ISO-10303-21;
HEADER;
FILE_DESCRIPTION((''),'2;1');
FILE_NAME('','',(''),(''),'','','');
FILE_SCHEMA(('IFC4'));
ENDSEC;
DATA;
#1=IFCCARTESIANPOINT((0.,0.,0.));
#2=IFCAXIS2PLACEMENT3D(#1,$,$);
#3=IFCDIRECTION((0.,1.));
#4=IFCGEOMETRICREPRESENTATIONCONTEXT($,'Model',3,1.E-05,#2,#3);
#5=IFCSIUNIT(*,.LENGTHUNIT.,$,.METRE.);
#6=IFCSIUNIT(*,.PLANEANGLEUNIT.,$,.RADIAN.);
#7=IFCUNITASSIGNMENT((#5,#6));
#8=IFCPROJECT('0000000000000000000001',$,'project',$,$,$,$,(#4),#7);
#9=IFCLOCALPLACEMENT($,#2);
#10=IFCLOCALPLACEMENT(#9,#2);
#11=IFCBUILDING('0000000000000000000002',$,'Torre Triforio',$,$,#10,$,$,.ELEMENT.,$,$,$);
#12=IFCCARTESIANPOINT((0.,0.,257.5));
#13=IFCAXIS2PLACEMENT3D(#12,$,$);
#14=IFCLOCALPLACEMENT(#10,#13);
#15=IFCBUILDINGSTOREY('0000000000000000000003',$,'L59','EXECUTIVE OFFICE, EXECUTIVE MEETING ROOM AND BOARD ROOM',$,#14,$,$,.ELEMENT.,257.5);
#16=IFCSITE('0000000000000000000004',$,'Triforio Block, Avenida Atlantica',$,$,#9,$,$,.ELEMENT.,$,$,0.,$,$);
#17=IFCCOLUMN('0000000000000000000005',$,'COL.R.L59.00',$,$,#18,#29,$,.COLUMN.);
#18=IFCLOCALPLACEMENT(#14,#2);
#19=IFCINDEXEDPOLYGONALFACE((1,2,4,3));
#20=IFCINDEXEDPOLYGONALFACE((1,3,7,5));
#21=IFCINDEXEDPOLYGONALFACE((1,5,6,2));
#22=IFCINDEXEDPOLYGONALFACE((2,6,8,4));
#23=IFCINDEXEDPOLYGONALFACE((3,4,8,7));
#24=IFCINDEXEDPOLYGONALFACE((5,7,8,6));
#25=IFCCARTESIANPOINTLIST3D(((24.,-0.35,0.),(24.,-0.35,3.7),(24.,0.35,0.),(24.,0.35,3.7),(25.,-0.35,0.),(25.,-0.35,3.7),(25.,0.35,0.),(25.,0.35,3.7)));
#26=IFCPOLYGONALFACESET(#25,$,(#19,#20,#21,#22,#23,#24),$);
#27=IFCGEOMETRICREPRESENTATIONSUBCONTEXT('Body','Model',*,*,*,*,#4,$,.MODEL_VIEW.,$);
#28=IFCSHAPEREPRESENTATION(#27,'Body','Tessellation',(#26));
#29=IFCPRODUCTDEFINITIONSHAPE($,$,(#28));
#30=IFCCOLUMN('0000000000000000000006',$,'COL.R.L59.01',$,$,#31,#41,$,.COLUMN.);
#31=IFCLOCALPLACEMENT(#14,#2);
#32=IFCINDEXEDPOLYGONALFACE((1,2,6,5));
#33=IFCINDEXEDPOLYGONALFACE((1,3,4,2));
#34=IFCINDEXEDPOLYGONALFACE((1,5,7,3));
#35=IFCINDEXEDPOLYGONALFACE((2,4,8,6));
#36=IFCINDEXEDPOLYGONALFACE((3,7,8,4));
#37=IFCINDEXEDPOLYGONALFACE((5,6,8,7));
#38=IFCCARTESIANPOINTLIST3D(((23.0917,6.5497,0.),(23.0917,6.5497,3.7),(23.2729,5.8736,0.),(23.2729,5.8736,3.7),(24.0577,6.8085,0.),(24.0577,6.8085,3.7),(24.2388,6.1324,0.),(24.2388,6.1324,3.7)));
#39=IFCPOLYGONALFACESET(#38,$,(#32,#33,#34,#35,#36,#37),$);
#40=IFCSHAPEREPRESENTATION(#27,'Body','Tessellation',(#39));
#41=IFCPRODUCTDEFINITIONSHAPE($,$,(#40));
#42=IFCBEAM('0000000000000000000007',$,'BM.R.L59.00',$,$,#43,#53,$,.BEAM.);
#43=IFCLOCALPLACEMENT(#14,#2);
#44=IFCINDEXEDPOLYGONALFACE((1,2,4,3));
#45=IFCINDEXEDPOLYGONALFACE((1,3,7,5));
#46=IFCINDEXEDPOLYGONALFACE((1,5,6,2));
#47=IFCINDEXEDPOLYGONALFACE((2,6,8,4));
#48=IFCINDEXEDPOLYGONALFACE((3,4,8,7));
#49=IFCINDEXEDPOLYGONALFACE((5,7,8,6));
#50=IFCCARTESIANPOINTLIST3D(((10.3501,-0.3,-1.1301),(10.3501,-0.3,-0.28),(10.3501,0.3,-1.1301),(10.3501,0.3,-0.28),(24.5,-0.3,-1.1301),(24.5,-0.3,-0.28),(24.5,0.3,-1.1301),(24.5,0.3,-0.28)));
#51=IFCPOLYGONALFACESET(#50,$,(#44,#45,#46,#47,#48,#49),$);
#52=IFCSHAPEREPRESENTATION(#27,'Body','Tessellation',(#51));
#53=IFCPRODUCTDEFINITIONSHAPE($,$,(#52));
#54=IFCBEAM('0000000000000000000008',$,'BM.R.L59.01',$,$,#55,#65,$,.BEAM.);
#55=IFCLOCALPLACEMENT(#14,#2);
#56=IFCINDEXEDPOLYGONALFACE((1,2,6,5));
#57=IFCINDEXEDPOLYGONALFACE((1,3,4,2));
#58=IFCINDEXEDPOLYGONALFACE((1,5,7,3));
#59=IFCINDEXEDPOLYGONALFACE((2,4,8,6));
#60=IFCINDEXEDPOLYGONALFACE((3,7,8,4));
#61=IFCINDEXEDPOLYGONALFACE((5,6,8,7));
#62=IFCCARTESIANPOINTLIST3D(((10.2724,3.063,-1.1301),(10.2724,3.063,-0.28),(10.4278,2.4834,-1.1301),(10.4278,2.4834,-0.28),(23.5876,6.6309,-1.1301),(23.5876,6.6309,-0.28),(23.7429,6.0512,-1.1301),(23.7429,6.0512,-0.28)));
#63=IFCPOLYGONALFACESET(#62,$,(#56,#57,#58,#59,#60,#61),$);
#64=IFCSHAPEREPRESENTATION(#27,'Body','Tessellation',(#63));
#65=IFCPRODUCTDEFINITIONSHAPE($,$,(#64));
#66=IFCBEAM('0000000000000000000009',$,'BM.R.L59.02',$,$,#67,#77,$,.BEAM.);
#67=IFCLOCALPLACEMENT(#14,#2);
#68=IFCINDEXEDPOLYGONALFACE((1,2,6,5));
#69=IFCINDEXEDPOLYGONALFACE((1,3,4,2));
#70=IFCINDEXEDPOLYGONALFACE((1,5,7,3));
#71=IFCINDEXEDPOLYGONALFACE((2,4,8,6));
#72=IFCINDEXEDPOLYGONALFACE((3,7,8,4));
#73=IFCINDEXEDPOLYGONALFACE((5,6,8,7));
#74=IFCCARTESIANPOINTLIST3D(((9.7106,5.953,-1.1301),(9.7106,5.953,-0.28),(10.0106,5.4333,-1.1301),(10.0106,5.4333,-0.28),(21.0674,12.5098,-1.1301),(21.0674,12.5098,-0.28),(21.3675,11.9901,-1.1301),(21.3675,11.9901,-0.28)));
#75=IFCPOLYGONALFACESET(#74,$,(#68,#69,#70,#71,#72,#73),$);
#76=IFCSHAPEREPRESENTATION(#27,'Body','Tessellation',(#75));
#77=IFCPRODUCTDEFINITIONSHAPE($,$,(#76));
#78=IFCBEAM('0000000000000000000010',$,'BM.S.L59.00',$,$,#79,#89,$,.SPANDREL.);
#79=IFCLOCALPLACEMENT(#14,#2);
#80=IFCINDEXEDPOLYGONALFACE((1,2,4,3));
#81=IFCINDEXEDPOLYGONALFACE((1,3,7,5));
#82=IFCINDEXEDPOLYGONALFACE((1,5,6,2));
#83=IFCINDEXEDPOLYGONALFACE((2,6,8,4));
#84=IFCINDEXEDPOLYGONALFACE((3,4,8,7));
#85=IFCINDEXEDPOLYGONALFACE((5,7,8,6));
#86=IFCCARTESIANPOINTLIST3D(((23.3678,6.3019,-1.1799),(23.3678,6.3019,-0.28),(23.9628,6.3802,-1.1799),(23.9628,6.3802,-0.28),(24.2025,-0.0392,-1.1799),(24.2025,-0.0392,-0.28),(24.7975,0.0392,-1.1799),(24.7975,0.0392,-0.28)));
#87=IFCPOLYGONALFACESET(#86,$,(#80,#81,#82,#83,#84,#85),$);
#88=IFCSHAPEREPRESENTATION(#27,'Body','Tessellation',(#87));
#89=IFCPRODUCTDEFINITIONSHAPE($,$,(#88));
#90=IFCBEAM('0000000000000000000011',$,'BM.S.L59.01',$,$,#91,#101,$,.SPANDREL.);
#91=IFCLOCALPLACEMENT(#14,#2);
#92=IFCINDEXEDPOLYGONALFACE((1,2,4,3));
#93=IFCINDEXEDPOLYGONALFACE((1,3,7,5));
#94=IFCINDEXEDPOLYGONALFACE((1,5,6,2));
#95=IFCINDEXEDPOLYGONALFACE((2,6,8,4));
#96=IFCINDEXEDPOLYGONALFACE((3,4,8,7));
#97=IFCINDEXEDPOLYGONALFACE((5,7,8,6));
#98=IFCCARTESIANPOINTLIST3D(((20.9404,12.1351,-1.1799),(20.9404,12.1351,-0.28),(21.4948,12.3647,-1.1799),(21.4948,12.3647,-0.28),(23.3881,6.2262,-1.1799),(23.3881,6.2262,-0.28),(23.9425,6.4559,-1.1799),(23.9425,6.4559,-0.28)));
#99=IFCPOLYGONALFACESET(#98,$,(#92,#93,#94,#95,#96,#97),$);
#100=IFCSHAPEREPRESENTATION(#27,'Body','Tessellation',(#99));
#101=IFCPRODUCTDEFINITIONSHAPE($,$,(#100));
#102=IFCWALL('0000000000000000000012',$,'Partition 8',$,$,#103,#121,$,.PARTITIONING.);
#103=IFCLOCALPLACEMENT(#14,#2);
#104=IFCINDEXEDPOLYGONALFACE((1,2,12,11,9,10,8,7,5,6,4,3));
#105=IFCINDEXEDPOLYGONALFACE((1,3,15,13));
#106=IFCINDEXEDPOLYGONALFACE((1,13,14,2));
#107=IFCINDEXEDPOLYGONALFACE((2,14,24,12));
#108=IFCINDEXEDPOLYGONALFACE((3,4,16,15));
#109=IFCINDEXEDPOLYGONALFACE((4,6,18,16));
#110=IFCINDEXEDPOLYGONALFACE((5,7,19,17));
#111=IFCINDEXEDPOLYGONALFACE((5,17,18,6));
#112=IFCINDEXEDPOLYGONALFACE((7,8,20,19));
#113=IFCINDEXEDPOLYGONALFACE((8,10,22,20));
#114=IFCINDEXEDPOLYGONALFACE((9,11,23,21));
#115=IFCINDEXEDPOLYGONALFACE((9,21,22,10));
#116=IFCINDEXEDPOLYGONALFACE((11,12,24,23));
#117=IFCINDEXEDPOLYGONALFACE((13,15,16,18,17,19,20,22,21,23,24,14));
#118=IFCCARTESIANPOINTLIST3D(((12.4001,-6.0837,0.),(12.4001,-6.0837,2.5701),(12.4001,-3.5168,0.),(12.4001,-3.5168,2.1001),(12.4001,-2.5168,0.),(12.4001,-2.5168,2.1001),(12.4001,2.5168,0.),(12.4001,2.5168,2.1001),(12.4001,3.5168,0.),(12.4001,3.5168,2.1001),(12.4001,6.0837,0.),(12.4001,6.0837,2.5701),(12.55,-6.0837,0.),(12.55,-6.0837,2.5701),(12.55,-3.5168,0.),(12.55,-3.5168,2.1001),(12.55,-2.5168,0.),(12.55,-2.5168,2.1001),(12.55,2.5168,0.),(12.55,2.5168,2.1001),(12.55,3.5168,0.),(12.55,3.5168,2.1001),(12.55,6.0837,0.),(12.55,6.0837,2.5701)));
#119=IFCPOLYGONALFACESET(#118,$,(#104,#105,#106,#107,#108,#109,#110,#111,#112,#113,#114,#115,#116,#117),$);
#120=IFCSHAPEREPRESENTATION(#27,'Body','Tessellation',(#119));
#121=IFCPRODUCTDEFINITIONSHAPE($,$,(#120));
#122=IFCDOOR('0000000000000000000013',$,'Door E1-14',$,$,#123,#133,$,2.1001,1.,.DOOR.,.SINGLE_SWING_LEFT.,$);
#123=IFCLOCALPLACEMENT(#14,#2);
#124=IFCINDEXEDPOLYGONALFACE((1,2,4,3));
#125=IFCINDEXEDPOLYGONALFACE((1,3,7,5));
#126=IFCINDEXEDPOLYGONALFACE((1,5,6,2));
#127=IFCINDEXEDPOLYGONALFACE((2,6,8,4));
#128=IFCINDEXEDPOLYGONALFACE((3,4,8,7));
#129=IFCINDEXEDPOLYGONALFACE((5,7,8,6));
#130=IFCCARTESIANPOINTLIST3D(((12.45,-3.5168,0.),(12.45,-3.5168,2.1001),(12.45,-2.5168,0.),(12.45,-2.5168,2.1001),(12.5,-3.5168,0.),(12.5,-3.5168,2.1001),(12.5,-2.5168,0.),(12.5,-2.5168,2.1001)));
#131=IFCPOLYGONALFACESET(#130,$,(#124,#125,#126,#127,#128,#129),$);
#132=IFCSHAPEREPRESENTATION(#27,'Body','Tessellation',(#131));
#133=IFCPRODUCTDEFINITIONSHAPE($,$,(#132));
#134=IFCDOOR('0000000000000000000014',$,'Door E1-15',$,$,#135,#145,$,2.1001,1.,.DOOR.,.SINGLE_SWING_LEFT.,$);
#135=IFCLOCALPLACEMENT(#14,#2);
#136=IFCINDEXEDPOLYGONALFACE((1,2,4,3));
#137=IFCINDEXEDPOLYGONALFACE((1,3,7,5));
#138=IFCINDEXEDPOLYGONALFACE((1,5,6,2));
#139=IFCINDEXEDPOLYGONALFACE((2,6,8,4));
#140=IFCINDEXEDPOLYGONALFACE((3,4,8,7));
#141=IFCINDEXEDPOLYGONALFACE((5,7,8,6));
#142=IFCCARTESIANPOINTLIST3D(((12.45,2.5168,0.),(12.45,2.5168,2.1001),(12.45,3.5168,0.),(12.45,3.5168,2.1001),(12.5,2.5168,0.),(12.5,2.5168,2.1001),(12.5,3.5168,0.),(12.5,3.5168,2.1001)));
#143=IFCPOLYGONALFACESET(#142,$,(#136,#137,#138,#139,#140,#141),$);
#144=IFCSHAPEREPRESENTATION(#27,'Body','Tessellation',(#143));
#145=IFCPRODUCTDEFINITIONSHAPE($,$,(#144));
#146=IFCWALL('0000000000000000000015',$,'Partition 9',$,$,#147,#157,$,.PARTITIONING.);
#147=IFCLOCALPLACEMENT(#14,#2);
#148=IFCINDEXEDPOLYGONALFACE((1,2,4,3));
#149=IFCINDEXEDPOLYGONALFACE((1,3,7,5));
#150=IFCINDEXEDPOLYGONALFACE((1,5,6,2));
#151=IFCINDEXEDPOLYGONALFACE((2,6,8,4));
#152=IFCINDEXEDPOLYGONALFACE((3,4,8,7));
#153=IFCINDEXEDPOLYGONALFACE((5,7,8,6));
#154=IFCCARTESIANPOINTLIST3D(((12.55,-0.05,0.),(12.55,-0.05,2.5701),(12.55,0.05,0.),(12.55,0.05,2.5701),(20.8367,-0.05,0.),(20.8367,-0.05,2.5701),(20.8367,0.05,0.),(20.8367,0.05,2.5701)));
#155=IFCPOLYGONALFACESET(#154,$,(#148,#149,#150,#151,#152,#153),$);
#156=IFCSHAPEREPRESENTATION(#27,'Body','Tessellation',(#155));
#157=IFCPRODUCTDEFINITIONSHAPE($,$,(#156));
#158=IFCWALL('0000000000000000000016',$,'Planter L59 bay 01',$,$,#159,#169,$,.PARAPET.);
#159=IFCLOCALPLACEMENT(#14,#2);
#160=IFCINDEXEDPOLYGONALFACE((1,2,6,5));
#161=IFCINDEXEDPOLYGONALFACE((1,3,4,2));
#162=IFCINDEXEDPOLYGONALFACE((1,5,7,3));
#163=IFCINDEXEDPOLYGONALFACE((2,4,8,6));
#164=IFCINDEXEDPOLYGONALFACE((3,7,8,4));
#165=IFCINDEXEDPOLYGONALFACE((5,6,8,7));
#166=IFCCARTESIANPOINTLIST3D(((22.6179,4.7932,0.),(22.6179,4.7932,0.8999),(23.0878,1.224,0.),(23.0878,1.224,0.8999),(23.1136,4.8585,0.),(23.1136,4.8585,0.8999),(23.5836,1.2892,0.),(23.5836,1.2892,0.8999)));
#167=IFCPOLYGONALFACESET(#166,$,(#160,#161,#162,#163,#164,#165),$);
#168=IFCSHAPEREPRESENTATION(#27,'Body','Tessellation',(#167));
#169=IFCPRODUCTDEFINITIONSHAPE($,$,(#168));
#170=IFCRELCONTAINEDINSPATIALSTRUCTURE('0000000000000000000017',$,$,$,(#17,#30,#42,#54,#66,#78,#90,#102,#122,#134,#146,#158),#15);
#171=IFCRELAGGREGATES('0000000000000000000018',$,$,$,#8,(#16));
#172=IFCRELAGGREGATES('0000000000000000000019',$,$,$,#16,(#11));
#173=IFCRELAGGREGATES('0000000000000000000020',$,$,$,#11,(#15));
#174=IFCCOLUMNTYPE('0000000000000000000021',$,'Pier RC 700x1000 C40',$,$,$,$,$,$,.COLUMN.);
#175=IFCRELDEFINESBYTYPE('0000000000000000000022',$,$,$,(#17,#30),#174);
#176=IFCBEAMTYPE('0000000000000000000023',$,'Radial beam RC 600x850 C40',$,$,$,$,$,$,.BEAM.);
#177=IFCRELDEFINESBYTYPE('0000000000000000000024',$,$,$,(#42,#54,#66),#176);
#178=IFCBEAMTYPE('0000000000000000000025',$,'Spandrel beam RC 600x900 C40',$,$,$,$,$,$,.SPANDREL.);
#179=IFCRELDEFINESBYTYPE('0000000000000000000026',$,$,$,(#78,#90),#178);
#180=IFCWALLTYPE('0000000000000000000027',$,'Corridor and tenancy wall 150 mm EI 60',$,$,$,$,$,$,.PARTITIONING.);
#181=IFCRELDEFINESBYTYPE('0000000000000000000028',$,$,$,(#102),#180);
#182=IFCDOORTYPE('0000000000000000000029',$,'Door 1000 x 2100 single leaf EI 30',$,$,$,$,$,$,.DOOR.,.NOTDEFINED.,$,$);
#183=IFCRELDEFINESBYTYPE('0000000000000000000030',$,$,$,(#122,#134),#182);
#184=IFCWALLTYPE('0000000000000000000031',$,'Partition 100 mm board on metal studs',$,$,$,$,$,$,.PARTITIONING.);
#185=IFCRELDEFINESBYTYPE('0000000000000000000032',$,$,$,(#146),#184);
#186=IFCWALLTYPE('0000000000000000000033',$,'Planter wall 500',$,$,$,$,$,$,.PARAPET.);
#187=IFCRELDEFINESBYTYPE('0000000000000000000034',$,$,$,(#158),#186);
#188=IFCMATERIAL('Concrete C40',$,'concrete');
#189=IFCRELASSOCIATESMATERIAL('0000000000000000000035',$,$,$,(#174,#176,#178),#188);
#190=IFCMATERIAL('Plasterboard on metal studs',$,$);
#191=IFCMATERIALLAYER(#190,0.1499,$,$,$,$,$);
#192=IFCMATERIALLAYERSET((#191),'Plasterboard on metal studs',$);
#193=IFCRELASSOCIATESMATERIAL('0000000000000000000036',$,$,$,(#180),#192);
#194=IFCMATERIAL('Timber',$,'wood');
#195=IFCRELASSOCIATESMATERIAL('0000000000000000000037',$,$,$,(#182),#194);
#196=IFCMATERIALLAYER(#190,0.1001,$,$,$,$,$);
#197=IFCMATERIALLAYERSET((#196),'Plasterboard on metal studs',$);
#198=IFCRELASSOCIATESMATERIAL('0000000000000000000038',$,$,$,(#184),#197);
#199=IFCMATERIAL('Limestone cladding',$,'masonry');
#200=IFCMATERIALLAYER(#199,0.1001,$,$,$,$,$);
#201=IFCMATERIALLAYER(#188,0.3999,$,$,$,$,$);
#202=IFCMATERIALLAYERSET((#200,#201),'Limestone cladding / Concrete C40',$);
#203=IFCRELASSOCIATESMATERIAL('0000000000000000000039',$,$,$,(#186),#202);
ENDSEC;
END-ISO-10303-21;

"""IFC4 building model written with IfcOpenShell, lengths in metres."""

from ifc_helpers import new_model, si_unit, direction, frame, frame_2d, origin, origin_2d, place, context, subcontext, project, spatial, rectangle, extrude, material, layer, layer_set, material_profile, profile_set, type_object, element, fill, save


model = new_model("IFC4")

# Units and contexts
model_context = context("Model", 3, precision=1e-05, world=origin(), true_north=direction((0.0, 1.0)))
body_context = subcontext(model_context, "Body", "Model", "MODEL_VIEW")
ifc_project = project(units=[si_unit("LENGTHUNIT", "METRE"), si_unit("PLANEANGLEUNIT", "RADIAN")], contexts=[model_context])

# Site, building, storey
site_placement = place(None, origin())
site = spatial("IfcSite", under=ifc_project, at=site_placement, Name="Triforio Block, Avenida Atlantica", CompositionType="ELEMENT", RefElevation=0.0)
building_placement = place(site_placement, origin())
building = spatial("IfcBuilding", under=site, at=building_placement, Name="Torre Triforio", CompositionType="ELEMENT")
storey_placement = place(building_placement, frame((0.0, 0.0, 257.5)))
storey = spatial("IfcBuildingStorey", under=building, at=storey_placement, Name="L59", Description="EXECUTIVE OFFICE, EXECUTIVE MEETING ROOM AND BOARD ROOM", CompositionType="ELEMENT", Elevation=257.5)

# Columns
ifc_material_1 = material(Name="Concrete C40", Category="concrete")
ifc_material_profile_1 = material_profile(ifc_material_1, rectangle(XDim=0.7, YDim=1.0, at=origin_2d()), Name="RC 700x1000")
ifc_profile_set_1 = profile_set([ifc_material_profile_1], Name="Concrete C40")
column_type = type_object("IfcColumnType", Name="Pier RC 700x1000 C40", PredefinedType="COLUMN", material=ifc_profile_set_1)
for number, where, z_axis, x_axis, name in (
    (1, (24.5, 0.0, 0.0), (0.0, 0.0, 1.0), (0.0, 1.0, 0.0), "COL.R.L59.00"),
    (2, (23.6653, 6.3411, 0.0), (0.0, 0.0, 1.0), (-0.258819, 0.965926, 0.0), "COL.R.L59.01"),
):
    element("IfcColumn", number, at=place(storey_placement, frame(where, z_axis=z_axis, x_axis=x_axis)), inside=storey, type_object=column_type, Name=name, PredefinedType="COLUMN", context=body_context, shape_type="SweptSolid", body=[
        extrude(rectangle(XDim=0.7, YDim=1.0, at=origin_2d()), origin(), (0.0, 0.0, 1.0), 3.7),
    ])

# Beams
ifc_material_profile_2 = material_profile(ifc_material_1, rectangle(XDim=0.6001, YDim=0.8501, at=origin_2d()), Name="RC 600x850")
ifc_profile_set_2 = profile_set([ifc_material_profile_2], Name="Concrete C40")
beam_type_1 = type_object("IfcBeamType", Name="Radial beam RC 600x850 C40", PredefinedType="BEAM", material=ifc_profile_set_2)
beam_1_placement = place(storey_placement, frame((10.3501, 0.0, -0.7051), z_axis=(1.0, 0.0, 0.0), x_axis=(0.0, 1.0, 0.0)))
element("IfcBeam", 3, at=beam_1_placement, inside=storey, type_object=beam_type_1, Name="BM.R.L59.00", PredefinedType="BEAM", context=body_context, shape_type="SweptSolid", body=[
    extrude(rectangle(XDim=0.6001, YDim=0.8501, at=origin_2d()), origin(), (0.0, 0.0, 1.0), 14.1499),
])
beam_2_placement = place(storey_placement, frame((10.3501, 2.7732, -0.7051), z_axis=(0.965924, 0.258824, 0.0), x_axis=(-0.258824, 0.965924, 0.0)))
element("IfcBeam", 4, at=beam_2_placement, inside=storey, type_object=beam_type_1, Name="BM.R.L59.01", PredefinedType="BEAM", context=body_context, shape_type="SweptSolid", body=[
    extrude(rectangle(XDim=0.6001, YDim=0.8501, at=origin_2d()), origin(), (0.0, 0.0, 1.0), 13.7849),
])
beam_3_placement = place(storey_placement, frame((9.8606, 5.6931, -0.7051), z_axis=(0.866027, 0.499997, 0.0), x_axis=(-0.499997, 0.866027, 0.0)))
element("IfcBeam", 5, at=beam_3_placement, inside=storey, type_object=beam_type_1, Name="BM.R.L59.02", PredefinedType="BEAM", context=body_context, shape_type="SweptSolid", body=[
    extrude(rectangle(XDim=0.6001, YDim=0.8501, at=origin_2d()), origin(), (0.0, 0.0, 1.0), 13.1138),
])
ifc_material_profile_3 = material_profile(ifc_material_1, rectangle(XDim=0.6001, YDim=0.8999, at=origin_2d()), Name="RC 600x900")
ifc_profile_set_3 = profile_set([ifc_material_profile_3], Name="Concrete C40")
beam_type_2 = type_object("IfcBeamType", Name="Spandrel beam RC 600x900 C40", PredefinedType="SPANDREL", material=ifc_profile_set_3)
for number, where, z_axis, x_axis, name in (
    (6, (24.5, 0.0, -0.73), (-0.130511, 0.991447, 0.0), (-0.991447, -0.130511, 0.0), "BM.S.L59.00"),
    (7, (23.6653, 6.3411, -0.73), (-0.382709, 0.923869, 0.0), (-0.923869, -0.382709, 0.0), "BM.S.L59.01"),
):
    element("IfcBeam", number, at=place(storey_placement, frame(where, z_axis=z_axis, x_axis=x_axis)), inside=storey, type_object=beam_type_2, Name=name, PredefinedType="SPANDREL", context=body_context, shape_type="SweptSolid", body=[
        extrude(rectangle(XDim=0.6001, YDim=0.8999, at=origin_2d()), origin(), (0.0, 0.0, 1.0), 6.3958),
    ])

# Wall, openings, doors
ifc_material_2 = material(Name="Plasterboard on metal studs")
ifc_layer_1 = layer(ifc_material_2, 0.1499)
ifc_layer_set_1 = layer_set([ifc_layer_1], Name="Plasterboard on metal studs")
wall_type_1 = type_object("IfcWallType", Name="Corridor and tenancy wall 150 mm EI 60", PredefinedType="PARTITIONING", material=ifc_layer_set_1)
wall_1_placement = place(storey_placement, frame((12.4751, 6.0837, 0.0), z_axis=(0.0, 0.0, 1.0), x_axis=(0.0, -1.0, 0.0)))
wall_1 = element("IfcWall", 8, at=wall_1_placement, inside=storey, type_object=wall_type_1, Name="Partition 8", PredefinedType="PARTITIONING", context=body_context, shape_type="SweptSolid", body=[
    extrude(rectangle(XDim=12.1675, YDim=0.1499, at=frame_2d((6.0837, 0.0))), origin(), (0.0, 0.0, 1.0), 2.5701),
])
opening_1_placement = place(wall_1_placement, frame((8.6006, 0.0, 0.0)))
opening_1 = element("IfcOpeningElement", 9, at=opening_1_placement, cuts=wall_1, PredefinedType="OPENING", context=body_context, shape_type="SweptSolid", body=[
    extrude(rectangle(XDim=1.0, YDim=2.1001, at=frame_2d((0.5, 1.05))), frame((0.0, 0.085, 0.0), z_axis=(0.0, -1.0, 0.0), x_axis=(1.0, 0.0, 0.0)), (0.0, 0.0, 1.0), 0.1699),
])
opening_2_placement = place(wall_1_placement, frame((2.5669, 0.0, 0.0)))
opening_2 = element("IfcOpeningElement", 10, at=opening_2_placement, cuts=wall_1, PredefinedType="OPENING", context=body_context, shape_type="SweptSolid", body=[
    extrude(rectangle(XDim=1.0, YDim=2.1001, at=frame_2d((0.5, 1.05))), frame((0.0, 0.085, 0.0), z_axis=(0.0, -1.0, 0.0), x_axis=(1.0, 0.0, 0.0)), (0.0, 0.0, 1.0), 0.1699),
])
ifc_material_3 = material(Name="Timber", Category="wood")
door_type_1 = type_object("IfcDoorType", Name="Door 1000 x 2100 single leaf EI 30", OperationType="NOTDEFINED", PredefinedType="DOOR", material=ifc_material_3)
door_1_placement = place(opening_1_placement, origin())
door_1 = element("IfcDoor", 11, at=door_1_placement, inside=storey, type_object=door_type_1, Name="Door E1-14", OperationType="SINGLE_SWING_LEFT", OverallHeight=2.1001, OverallWidth=1.0, PredefinedType="DOOR", context=body_context, shape_type="SweptSolid", body=[
    extrude(rectangle(XDim=1.0, YDim=2.1001, at=frame_2d((0.5, 1.05))), frame((0.0, 0.0249, 0.0), z_axis=(0.0, -1.0, 0.0), x_axis=(1.0, 0.0, 0.0)), (0.0, 0.0, 1.0), 0.05),
])
fill(opening_1, door_1)
door_2_placement = place(opening_2_placement, origin())
door_2 = element("IfcDoor", 12, at=door_2_placement, inside=storey, type_object=door_type_1, Name="Door E1-15", OperationType="SINGLE_SWING_LEFT", OverallHeight=2.1001, OverallWidth=1.0, PredefinedType="DOOR", context=body_context, shape_type="SweptSolid", body=[
    extrude(rectangle(XDim=1.0, YDim=2.1001, at=frame_2d((0.5, 1.05))), frame((0.0, 0.0249, 0.0), z_axis=(0.0, -1.0, 0.0), x_axis=(1.0, 0.0, 0.0)), (0.0, 0.0, 1.0), 0.05),
])
fill(opening_2, door_2)

# Walls
ifc_layer_2 = layer(ifc_material_2, 0.1001)
ifc_layer_set_2 = layer_set([ifc_layer_2], Name="Plasterboard on metal studs")
wall_type_2 = type_object("IfcWallType", Name="Partition 100 mm board on metal studs", PredefinedType="PARTITIONING", material=ifc_layer_set_2)
wall_2_placement = place(storey_placement, frame((12.55, 0.0, 0.0), z_axis=(0.0, 0.0, 1.0), x_axis=(1.0, 0.0, 0.0)))
element("IfcWall", 13, at=wall_2_placement, inside=storey, type_object=wall_type_2, Name="Partition 9", PredefinedType="PARTITIONING", context=body_context, shape_type="SweptSolid", body=[
    extrude(rectangle(XDim=8.2866, YDim=0.1001, at=frame_2d((4.1433, 0.0))), origin(), (0.0, 0.0, 1.0), 2.5701),
])
ifc_material_4 = material(Name="Limestone cladding", Category="masonry")
ifc_layer_3 = layer(ifc_material_4, 0.1001)
ifc_layer_4 = layer(ifc_material_1, 0.3999)
ifc_layer_set_3 = layer_set([ifc_layer_3, ifc_layer_4], Name="Limestone cladding / Concrete C40")
wall_type_3 = type_object("IfcWallType", Name="Planter wall 500", PredefinedType="PARAPET", material=ifc_layer_set_3)
wall_3_placement = place(storey_placement, frame((23.3357, 1.2566, 0.0), z_axis=(0.0, 0.0, 1.0), x_axis=(-0.130542, 0.991443, 0.0)))
element("IfcWall", 14, at=wall_3_placement, inside=storey, type_object=wall_type_3, Name="Planter L59 bay 01", PredefinedType="PARAPET", context=body_context, shape_type="SweptSolid", body=[
    extrude(rectangle(XDim=3.6001, YDim=0.5, at=frame_2d((1.8, 0.0))), origin(), (0.0, 0.0, 1.0), 0.8999),
])

save(model, "model.ifc")
